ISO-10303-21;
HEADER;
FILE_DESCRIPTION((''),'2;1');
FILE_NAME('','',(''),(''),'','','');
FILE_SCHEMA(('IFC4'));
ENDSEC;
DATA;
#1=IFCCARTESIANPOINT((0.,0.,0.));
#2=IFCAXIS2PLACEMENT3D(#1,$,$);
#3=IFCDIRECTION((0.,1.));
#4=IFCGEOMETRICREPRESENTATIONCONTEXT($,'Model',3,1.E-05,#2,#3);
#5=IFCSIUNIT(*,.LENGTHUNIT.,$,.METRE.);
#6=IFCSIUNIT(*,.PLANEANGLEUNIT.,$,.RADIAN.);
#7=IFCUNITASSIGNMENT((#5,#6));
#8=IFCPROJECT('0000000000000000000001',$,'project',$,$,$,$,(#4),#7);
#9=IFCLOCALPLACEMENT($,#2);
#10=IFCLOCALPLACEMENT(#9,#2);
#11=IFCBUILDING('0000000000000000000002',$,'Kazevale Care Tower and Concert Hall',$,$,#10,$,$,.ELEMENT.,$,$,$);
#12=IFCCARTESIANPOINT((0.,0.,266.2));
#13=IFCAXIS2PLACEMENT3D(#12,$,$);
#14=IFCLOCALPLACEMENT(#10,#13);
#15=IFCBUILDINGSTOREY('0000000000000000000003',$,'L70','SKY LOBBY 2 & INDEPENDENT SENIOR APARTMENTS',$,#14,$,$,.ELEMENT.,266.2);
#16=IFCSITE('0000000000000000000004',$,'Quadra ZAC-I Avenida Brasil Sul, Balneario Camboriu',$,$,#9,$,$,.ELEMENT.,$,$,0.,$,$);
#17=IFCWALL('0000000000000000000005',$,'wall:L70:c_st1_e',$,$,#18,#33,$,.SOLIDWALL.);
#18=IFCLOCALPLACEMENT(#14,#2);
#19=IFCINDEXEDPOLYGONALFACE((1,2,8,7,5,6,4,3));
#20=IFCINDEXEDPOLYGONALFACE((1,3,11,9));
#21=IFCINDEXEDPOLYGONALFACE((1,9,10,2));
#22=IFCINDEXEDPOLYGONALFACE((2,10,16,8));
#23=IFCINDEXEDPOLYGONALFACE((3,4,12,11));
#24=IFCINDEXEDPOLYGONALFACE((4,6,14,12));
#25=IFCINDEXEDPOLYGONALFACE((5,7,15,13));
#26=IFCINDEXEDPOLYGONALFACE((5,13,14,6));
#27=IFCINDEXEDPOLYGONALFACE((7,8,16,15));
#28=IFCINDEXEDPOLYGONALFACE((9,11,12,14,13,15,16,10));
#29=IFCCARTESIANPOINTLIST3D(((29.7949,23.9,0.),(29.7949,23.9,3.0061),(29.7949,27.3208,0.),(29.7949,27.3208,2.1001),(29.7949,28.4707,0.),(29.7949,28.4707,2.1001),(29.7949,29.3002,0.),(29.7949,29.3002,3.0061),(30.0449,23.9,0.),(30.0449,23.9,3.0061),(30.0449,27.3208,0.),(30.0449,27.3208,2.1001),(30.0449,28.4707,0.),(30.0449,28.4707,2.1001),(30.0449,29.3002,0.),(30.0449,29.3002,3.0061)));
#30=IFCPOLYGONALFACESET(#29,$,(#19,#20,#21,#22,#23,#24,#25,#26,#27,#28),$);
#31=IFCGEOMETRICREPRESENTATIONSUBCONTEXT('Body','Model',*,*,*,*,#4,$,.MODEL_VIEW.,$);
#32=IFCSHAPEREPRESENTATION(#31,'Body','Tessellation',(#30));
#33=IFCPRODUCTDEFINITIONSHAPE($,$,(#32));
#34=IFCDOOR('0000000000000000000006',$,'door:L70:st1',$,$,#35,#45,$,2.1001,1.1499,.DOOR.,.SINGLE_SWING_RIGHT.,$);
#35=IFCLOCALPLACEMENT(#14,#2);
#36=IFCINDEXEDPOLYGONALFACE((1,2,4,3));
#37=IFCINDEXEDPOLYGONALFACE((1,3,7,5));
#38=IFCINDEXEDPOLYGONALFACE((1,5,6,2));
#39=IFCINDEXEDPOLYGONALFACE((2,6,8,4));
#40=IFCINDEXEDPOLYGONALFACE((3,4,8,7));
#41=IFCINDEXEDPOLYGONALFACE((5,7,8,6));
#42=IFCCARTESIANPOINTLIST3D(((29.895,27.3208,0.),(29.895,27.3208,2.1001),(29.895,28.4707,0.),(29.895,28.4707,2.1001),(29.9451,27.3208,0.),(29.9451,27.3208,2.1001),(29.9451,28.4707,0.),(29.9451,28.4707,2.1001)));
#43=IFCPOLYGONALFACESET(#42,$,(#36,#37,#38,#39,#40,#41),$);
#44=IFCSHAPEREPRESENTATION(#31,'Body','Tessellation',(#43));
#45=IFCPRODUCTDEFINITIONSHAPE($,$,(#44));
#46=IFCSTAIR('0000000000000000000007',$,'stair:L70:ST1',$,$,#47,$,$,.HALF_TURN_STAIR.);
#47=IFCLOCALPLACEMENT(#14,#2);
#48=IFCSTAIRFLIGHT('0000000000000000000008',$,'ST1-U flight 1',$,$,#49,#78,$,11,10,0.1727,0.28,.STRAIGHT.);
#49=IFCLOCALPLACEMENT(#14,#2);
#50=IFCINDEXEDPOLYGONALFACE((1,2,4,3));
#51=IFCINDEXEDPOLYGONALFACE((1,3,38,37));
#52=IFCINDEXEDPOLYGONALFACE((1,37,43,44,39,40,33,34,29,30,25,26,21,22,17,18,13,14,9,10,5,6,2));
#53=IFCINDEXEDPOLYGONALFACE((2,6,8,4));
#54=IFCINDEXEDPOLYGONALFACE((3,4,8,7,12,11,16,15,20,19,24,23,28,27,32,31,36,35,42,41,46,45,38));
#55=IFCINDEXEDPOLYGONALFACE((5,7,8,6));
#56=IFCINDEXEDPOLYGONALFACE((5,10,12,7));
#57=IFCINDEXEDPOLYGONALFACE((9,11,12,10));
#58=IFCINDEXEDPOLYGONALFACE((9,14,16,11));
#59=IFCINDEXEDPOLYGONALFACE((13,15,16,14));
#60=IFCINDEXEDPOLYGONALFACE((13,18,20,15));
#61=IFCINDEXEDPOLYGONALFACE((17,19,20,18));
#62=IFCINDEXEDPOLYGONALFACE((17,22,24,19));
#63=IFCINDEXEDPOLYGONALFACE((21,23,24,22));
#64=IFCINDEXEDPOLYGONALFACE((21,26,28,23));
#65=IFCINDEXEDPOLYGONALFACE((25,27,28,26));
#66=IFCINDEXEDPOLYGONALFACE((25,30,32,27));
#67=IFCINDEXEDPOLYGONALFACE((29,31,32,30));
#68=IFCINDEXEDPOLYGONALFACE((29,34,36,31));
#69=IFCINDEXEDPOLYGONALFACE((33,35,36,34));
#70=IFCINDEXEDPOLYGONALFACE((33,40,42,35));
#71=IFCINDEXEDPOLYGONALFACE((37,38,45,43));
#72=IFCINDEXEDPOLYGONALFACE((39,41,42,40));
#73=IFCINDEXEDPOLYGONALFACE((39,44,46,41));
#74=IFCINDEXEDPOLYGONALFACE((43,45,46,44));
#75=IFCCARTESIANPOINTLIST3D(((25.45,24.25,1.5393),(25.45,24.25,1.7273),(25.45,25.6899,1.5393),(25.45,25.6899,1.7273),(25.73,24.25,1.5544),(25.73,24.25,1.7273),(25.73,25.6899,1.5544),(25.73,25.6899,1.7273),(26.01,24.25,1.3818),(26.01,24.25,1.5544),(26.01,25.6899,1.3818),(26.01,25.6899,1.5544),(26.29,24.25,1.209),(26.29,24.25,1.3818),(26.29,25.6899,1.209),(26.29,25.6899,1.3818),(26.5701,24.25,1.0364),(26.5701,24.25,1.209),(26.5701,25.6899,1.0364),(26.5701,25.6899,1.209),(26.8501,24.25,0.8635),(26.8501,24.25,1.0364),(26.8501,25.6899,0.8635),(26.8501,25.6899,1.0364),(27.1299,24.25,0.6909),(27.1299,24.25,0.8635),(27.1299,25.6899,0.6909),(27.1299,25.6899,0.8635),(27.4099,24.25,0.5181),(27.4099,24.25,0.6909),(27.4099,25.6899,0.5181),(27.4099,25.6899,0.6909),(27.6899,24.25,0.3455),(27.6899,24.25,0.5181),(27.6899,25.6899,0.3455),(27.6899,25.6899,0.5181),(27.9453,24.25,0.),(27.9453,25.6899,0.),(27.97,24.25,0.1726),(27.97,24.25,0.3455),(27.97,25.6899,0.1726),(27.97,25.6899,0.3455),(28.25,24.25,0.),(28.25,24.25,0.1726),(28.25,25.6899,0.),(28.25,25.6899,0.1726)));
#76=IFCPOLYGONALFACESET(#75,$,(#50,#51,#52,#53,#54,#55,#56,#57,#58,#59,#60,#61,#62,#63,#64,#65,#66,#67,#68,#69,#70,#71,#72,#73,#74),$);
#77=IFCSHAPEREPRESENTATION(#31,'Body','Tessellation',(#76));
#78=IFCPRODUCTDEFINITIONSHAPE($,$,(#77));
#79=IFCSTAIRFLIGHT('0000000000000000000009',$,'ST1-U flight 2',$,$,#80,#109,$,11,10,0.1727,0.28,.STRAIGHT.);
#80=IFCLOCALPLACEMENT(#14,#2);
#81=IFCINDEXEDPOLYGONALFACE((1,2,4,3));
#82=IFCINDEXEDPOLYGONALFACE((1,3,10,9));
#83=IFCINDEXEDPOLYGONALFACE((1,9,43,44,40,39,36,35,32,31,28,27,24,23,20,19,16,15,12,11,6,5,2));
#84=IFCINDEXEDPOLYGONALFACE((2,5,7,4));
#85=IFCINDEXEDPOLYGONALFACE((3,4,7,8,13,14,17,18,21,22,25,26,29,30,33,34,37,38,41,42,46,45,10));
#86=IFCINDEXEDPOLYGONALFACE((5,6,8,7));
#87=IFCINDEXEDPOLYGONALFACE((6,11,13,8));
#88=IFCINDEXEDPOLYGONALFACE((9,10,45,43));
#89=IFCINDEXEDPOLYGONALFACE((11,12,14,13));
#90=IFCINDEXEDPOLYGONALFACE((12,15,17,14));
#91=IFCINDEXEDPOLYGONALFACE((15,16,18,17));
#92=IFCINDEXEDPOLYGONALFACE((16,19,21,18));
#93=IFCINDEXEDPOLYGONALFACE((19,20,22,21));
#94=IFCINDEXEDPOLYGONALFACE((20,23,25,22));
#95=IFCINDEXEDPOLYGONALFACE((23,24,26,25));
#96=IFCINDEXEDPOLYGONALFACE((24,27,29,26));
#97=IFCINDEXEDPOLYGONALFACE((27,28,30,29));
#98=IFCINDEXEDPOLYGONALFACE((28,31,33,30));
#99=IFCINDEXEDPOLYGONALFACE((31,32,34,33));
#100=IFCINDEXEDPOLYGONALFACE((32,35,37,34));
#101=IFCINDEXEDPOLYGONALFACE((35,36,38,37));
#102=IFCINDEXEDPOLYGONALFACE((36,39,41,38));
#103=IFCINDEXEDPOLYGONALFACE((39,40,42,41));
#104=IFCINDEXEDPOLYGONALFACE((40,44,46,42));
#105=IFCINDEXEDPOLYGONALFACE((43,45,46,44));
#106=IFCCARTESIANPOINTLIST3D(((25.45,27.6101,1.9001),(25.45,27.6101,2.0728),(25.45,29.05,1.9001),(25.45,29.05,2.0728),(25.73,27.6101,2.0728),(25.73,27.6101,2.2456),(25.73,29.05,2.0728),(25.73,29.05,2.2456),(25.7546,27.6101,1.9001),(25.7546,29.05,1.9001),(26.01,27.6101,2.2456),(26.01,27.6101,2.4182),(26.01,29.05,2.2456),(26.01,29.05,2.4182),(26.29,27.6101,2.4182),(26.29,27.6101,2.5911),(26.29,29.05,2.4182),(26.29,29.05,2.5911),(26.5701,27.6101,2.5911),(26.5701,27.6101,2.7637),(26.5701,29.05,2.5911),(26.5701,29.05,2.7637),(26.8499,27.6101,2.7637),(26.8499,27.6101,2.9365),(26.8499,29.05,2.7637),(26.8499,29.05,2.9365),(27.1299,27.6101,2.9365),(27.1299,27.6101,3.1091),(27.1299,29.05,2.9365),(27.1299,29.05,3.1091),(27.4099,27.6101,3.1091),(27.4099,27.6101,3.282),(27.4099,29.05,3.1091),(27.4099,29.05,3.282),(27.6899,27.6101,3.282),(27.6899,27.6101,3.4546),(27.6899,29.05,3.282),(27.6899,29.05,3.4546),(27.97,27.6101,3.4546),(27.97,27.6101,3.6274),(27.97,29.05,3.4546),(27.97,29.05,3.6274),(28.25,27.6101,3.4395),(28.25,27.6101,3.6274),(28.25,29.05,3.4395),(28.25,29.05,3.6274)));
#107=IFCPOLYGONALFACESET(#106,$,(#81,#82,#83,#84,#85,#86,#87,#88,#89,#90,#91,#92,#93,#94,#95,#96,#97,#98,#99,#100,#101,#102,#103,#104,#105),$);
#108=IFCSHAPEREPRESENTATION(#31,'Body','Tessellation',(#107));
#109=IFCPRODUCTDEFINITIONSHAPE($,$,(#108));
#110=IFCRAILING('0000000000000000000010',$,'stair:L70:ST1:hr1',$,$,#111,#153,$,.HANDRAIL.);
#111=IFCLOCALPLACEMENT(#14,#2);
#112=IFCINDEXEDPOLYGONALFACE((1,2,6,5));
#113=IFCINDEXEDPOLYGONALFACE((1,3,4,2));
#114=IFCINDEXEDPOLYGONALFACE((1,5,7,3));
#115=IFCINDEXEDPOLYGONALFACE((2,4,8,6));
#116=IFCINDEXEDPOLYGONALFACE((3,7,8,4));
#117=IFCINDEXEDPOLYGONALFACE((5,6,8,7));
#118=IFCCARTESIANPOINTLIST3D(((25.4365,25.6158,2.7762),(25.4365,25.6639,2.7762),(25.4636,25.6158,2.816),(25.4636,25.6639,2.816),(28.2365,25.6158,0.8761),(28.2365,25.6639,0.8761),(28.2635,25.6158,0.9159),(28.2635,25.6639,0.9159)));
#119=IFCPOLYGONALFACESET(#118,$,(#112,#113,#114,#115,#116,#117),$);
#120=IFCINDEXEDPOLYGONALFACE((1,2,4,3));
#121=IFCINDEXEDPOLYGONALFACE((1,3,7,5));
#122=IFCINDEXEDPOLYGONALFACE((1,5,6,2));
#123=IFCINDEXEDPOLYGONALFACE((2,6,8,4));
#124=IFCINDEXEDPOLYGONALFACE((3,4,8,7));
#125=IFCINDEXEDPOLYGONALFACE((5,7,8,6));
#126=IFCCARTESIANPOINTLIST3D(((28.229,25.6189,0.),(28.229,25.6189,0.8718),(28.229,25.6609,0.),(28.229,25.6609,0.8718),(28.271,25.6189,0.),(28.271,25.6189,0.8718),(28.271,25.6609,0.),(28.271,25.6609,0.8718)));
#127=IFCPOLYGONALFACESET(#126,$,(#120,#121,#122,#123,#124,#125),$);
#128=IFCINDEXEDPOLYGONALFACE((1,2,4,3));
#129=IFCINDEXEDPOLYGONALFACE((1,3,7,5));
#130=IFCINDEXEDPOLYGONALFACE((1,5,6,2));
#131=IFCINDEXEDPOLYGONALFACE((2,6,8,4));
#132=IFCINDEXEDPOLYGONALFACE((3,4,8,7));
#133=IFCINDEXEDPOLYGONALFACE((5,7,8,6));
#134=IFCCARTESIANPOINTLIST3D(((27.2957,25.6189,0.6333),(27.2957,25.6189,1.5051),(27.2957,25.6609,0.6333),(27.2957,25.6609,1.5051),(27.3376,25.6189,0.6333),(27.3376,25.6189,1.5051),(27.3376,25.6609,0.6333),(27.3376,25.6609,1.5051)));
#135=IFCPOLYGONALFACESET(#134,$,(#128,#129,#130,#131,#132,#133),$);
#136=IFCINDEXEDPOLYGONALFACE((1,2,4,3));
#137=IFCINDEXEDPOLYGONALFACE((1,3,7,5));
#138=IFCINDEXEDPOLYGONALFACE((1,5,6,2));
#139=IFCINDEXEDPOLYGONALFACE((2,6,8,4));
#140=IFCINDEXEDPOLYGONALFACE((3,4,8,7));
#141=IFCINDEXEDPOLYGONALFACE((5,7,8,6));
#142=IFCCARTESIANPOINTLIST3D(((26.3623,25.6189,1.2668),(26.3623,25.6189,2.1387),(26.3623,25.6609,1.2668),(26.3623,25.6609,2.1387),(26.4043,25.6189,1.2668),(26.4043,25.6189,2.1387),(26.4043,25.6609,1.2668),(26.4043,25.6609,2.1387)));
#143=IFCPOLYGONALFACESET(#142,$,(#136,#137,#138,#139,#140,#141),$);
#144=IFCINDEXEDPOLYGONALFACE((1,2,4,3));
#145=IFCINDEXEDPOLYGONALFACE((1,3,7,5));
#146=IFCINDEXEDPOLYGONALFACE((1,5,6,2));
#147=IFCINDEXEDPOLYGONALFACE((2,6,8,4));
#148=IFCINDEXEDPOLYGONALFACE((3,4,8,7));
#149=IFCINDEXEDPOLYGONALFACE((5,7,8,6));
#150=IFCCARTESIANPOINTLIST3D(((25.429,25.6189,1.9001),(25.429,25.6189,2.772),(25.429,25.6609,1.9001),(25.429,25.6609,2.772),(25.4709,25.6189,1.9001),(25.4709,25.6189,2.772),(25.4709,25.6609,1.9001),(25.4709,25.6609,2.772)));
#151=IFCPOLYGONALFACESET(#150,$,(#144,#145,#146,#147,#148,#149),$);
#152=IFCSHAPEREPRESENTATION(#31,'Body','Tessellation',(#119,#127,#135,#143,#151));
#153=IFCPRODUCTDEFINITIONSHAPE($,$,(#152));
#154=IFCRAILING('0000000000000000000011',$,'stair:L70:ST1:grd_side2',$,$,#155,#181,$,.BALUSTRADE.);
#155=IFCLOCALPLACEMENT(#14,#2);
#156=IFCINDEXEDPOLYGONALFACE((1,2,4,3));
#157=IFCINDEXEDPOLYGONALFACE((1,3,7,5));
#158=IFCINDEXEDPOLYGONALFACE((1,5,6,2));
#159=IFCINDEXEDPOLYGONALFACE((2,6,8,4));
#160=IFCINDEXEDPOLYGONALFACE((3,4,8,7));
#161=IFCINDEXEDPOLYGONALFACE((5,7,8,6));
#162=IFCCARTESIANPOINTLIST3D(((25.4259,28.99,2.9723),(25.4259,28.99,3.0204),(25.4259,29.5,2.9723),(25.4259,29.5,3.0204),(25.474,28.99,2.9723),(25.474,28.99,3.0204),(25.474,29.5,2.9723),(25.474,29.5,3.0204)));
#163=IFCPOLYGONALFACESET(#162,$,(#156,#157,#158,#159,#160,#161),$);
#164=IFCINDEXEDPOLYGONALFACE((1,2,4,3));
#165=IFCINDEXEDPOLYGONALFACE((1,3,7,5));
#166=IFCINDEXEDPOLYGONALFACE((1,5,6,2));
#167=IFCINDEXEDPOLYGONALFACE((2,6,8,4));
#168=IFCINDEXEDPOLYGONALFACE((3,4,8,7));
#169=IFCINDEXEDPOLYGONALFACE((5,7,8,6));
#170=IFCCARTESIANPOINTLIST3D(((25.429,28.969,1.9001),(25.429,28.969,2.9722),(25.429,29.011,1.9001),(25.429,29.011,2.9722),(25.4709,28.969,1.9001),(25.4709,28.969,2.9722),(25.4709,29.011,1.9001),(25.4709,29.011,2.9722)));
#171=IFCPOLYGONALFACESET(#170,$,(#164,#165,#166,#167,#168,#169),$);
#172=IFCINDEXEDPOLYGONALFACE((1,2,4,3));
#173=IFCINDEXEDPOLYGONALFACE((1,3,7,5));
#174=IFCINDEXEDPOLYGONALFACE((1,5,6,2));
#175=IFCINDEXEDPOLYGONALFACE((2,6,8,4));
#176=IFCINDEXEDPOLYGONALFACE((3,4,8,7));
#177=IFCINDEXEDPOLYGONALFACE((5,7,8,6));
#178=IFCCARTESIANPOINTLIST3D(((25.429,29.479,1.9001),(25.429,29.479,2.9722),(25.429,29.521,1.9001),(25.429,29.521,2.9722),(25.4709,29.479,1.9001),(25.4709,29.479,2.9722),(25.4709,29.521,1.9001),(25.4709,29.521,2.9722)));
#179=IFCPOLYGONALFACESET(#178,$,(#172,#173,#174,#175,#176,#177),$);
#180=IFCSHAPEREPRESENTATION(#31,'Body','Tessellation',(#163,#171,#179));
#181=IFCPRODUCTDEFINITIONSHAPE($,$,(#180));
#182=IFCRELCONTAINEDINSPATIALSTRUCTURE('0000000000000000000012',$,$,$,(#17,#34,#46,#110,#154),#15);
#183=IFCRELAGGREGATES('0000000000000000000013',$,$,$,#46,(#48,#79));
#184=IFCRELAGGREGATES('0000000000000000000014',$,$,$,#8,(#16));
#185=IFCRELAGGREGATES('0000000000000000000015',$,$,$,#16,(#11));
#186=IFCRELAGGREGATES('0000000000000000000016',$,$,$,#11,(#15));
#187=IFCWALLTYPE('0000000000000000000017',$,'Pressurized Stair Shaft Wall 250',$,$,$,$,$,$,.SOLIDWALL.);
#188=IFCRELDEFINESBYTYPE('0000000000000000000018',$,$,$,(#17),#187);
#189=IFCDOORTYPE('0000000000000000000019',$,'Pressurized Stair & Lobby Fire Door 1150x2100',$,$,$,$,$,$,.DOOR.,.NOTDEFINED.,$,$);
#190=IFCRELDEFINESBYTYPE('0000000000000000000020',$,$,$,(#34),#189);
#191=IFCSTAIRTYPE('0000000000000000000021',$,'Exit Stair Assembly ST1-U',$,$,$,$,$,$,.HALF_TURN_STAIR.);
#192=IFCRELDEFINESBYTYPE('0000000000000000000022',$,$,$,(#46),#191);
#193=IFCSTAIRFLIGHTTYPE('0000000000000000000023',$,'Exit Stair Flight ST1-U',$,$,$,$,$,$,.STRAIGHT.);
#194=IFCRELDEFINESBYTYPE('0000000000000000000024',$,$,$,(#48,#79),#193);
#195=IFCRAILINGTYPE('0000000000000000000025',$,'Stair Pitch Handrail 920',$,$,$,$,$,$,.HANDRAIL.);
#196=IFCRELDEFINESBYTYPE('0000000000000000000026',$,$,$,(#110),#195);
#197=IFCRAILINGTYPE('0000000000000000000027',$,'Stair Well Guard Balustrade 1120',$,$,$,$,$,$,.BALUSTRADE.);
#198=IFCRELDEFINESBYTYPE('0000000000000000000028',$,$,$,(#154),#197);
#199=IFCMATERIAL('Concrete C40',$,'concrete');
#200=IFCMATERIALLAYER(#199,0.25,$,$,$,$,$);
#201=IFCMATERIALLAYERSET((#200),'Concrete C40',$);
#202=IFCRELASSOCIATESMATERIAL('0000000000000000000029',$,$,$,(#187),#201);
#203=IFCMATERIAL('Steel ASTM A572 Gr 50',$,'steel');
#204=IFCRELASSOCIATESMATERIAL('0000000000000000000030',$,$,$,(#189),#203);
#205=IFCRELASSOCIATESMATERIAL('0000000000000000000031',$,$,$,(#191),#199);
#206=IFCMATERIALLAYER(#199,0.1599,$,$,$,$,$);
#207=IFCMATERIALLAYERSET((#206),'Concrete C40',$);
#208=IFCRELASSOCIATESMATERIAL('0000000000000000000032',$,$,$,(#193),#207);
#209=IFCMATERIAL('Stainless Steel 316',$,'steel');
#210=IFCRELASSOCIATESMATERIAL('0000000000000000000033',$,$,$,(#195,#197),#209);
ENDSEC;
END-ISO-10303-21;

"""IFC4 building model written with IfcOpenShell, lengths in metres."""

from ifc_helpers import new_model, si_unit, direction, frame, frame_2d, origin, origin_2d, place, context, subcontext, project, spatial, polyline, rectangle, outline, extrude, material, layer, layer_set, type_object, element, fill, aggregate, save


model = new_model("IFC4")

# Units and contexts
model_context = context("Model", 3, precision=1e-05, world=origin(), true_north=direction((0.0, 1.0)))
body_context = subcontext(model_context, "Body", "Model", "MODEL_VIEW")
ifc_project = project(units=[si_unit("LENGTHUNIT", "METRE"), si_unit("PLANEANGLEUNIT", "RADIAN")], contexts=[model_context])

# Site, building, storey
site_placement = place(None, origin())
site = spatial("IfcSite", under=ifc_project, at=site_placement, Name="Quadra ZAC-I Avenida Brasil Sul, Balneario Camboriu", CompositionType="ELEMENT", RefElevation=0.0)
building_placement = place(site_placement, origin())
building = spatial("IfcBuilding", under=site, at=building_placement, Name="Kazevale Care Tower and Concert Hall", CompositionType="ELEMENT")
storey_placement = place(building_placement, frame((0.0, 0.0, 266.2)))
storey = spatial("IfcBuildingStorey", under=building, at=storey_placement, Name="L70", Description="SKY LOBBY 2 & INDEPENDENT SENIOR APARTMENTS", CompositionType="ELEMENT", Elevation=266.2)

# Shared definitions
ifc_material_1 = material(Name="Concrete C40", Category="concrete")
ifc_material_2 = material(Name="Stainless Steel 316", Category="steel")

# Wall, opening, door
ifc_layer_1 = layer(ifc_material_1, 0.25)
ifc_layer_set_1 = layer_set([ifc_layer_1], Name="Concrete C40")
wall_type_1 = type_object("IfcWallType", Name="Pressurized Stair Shaft Wall 250", PredefinedType="SOLIDWALL", material=ifc_layer_set_1)
wall_1_placement = place(storey_placement, frame((29.9199, 23.8999, 0.0), z_axis=(0.0, 0.0, 1.0), x_axis=(0.0, 1.0, 0.0)))
wall_1 = element("IfcWall", 1, at=wall_1_placement, inside=storey, type_object=wall_type_1, Name="wall:L70:c_st1_e", PredefinedType="SOLIDWALL", context=body_context, shape_type="SweptSolid", body=[
    extrude(rectangle(XDim=5.4001, YDim=0.25, at=frame_2d((2.7002, 0.0))), origin(), (0.0, 0.0, 1.0), 3.0061),
])
opening_1_placement = place(wall_1_placement, frame((3.4209, 0.0, 0.0)))
opening_1 = element("IfcOpeningElement", 2, at=opening_1_placement, cuts=wall_1, PredefinedType="OPENING", context=body_context, shape_type="SweptSolid", body=[
    extrude(rectangle(XDim=1.1499, YDim=2.1001, at=frame_2d((0.575, 1.05))), frame((0.0, 0.135, 0.0), z_axis=(0.0, -1.0, 0.0), x_axis=(1.0, 0.0, 0.0)), (0.0, 0.0, 1.0), 0.27),
])
ifc_material_3 = material(Name="Steel ASTM A572 Gr 50", Category="steel")
door_type_1 = type_object("IfcDoorType", Name="Pressurized Stair & Lobby Fire Door 1150x2100", OperationType="NOTDEFINED", PredefinedType="DOOR", material=ifc_material_3)
door_1_placement = place(opening_1_placement, origin())
door_1 = element("IfcDoor", 3, at=door_1_placement, inside=storey, type_object=door_type_1, Name="door:L70:st1", OperationType="SINGLE_SWING_RIGHT", OverallHeight=2.1001, OverallWidth=1.1499, PredefinedType="DOOR", context=body_context, shape_type="SweptSolid", body=[
    extrude(rectangle(XDim=1.1499, YDim=2.1001, at=frame_2d((0.575, 1.05))), frame((0.0, 0.0249, 0.0), z_axis=(0.0, -1.0, 0.0), x_axis=(1.0, 0.0, 0.0)), (0.0, 0.0, 1.0), 0.05),
])
fill(opening_1, door_1)

# Stair, stair flights
stair_type = type_object("IfcStairType", Name="Exit Stair Assembly ST1-U", PredefinedType="HALF_TURN_STAIR", material=ifc_material_1)
stair_placement = place(storey_placement, origin())
stair = element("IfcStair", 4, at=stair_placement, inside=storey, type_object=stair_type, Name="stair:L70:ST1", PredefinedType="HALF_TURN_STAIR")
ifc_layer_2 = layer(ifc_material_1, 0.1599)
ifc_layer_set_2 = layer_set([ifc_layer_2], Name="Concrete C40")
stair_flight_type = type_object("IfcStairFlightType", Name="Exit Stair Flight ST1-U", PredefinedType="STRAIGHT", material=ifc_layer_set_2)
stair_flight_1_placement = place(storey_placement, frame((28.25, 24.97, 0.0), z_axis=(0.0, 0.0, 1.0), x_axis=(-1.0, 0.0, 0.0)))
stair_flight_1 = element("IfcStairFlight", 5, at=stair_flight_1_placement, type_object=stair_flight_type, Name="ST1-U flight 1", NumberOfRisers=11, NumberOfTreads=10, PredefinedType="STRAIGHT", RiserHeight=0.1727, TreadLength=0.28, context=body_context, shape_type="SweptSolid", body=[
    extrude(outline(polyline([(0.0, 0.0), (0.0, 0.1726), (0.28, 0.1726), (0.28, 0.3455), (0.5601, 0.3455), (0.5601, 0.5181), (0.8401, 0.5181), (0.8401, 0.6909), (1.1201, 0.6909), (1.1201, 0.8635), (1.3999, 0.8635), (1.3999, 1.0364), (1.6799, 1.0364), (1.6799, 1.209), (1.96, 1.209), (1.96, 1.3818), (2.24, 1.3818), (2.24, 1.5544), (2.52, 1.5544), (2.52, 1.7273), (2.8, 1.7273), (2.8, 1.8999), (2.8, 1.5393), (0.3047, 0.0), (0.0, 0.0)])), frame((0.0, 0.72, 0.0), z_axis=(0.0, -1.0, 0.0), x_axis=(1.0, 0.0, 0.0)), (0.0, 0.0, 1.0), 1.4399),
])
stair_flight_2_placement = place(storey_placement, frame((25.45, 28.3301, 1.9001), z_axis=(0.0, 0.0, 1.0), x_axis=(1.0, 0.0, 0.0)))
stair_flight_2 = element("IfcStairFlight", 6, at=stair_flight_2_placement, type_object=stair_flight_type, Name="ST1-U flight 2", NumberOfRisers=11, NumberOfTreads=10, PredefinedType="STRAIGHT", RiserHeight=0.1727, TreadLength=0.28, context=body_context, shape_type="SweptSolid", body=[
    extrude(outline(polyline([(0.0, 0.0), (0.0, 0.1726), (0.28, 0.1726), (0.28, 0.3455), (0.5601, 0.3455), (0.5601, 0.5181), (0.8401, 0.5181), (0.8401, 0.6909), (1.1201, 0.6909), (1.1201, 0.8635), (1.3999, 0.8635), (1.3999, 1.0364), (1.6799, 1.0364), (1.6799, 1.209), (1.96, 1.209), (1.96, 1.3818), (2.24, 1.3818), (2.24, 1.5544), (2.52, 1.5544), (2.52, 1.7273), (2.8, 1.7273), (2.8, 1.8999), (2.8, 1.5393), (0.3047, 0.0), (0.0, 0.0)])), frame((0.0, 0.72, 0.0), z_axis=(0.0, -1.0, 0.0), x_axis=(1.0, 0.0, 0.0)), (0.0, 0.0, 1.0), 1.4399),
])
aggregate(stair, [stair_flight_1, stair_flight_2])

# Railings
railing_type_1 = type_object("IfcRailingType", Name="Stair Pitch Handrail 920", PredefinedType="HANDRAIL", material=ifc_material_2)
railing_1_placement = place(storey_placement, frame((28.25, 25.6399, 0.0)))
element("IfcRailing", 7, at=railing_1_placement, inside=storey, type_object=railing_type_1, Name="stair:L70:ST1:hr1", PredefinedType="HANDRAIL", context=body_context, shape_type="SweptSolid", body=[
    extrude(rectangle(XDim=0.0481, YDim=0.0481, at=origin_2d()), frame((0.0, 0.0, 0.896), z_axis=(-0.82746, 0.0, 0.561524), x_axis=(0.0, -1.0, 0.0)), (0.0, 0.0, 1.0), 3.3838),
    extrude(rectangle(XDim=0.042, YDim=0.042, at=origin_2d()), origin(), (0.0, 0.0, 1.0), 0.8718),
    extrude(rectangle(XDim=0.042, YDim=0.042, at=origin_2d()), frame((-0.9333, 0.0, 0.6333)), (0.0, 0.0, 1.0), 0.8718),
    extrude(rectangle(XDim=0.042, YDim=0.042, at=origin_2d()), frame((-1.8667, 0.0, 1.2668)), (0.0, 0.0, 1.0), 0.8718),
    extrude(rectangle(XDim=0.042, YDim=0.042, at=origin_2d()), frame((-2.8, 0.0, 1.9001)), (0.0, 0.0, 1.0), 0.8718),
])
railing_type_2 = type_object("IfcRailingType", Name="Stair Well Guard Balustrade 1120", PredefinedType="BALUSTRADE", material=ifc_material_2)
railing_2_placement = place(storey_placement, frame((25.45, 28.99, 1.9001)))
element("IfcRailing", 8, at=railing_2_placement, inside=storey, type_object=railing_type_2, Name="stair:L70:ST1:grd_side2", PredefinedType="BALUSTRADE", context=body_context, shape_type="SweptSolid", body=[
    extrude(rectangle(XDim=0.0481, YDim=0.0481, at=origin_2d()), frame((0.0, 0.0, 1.0962), z_axis=(0.0, 1.0, 0.0), x_axis=(-1.0, 0.0, 0.0)), (0.0, 0.0, 1.0), 0.51),
    extrude(rectangle(XDim=0.042, YDim=0.042, at=origin_2d()), origin(), (0.0, 0.0, 1.0), 1.072),
    extrude(rectangle(XDim=0.042, YDim=0.042, at=origin_2d()), frame((0.0, 0.51, 0.0)), (0.0, 0.0, 1.0), 1.072),
])

save(model, "model.ifc")
